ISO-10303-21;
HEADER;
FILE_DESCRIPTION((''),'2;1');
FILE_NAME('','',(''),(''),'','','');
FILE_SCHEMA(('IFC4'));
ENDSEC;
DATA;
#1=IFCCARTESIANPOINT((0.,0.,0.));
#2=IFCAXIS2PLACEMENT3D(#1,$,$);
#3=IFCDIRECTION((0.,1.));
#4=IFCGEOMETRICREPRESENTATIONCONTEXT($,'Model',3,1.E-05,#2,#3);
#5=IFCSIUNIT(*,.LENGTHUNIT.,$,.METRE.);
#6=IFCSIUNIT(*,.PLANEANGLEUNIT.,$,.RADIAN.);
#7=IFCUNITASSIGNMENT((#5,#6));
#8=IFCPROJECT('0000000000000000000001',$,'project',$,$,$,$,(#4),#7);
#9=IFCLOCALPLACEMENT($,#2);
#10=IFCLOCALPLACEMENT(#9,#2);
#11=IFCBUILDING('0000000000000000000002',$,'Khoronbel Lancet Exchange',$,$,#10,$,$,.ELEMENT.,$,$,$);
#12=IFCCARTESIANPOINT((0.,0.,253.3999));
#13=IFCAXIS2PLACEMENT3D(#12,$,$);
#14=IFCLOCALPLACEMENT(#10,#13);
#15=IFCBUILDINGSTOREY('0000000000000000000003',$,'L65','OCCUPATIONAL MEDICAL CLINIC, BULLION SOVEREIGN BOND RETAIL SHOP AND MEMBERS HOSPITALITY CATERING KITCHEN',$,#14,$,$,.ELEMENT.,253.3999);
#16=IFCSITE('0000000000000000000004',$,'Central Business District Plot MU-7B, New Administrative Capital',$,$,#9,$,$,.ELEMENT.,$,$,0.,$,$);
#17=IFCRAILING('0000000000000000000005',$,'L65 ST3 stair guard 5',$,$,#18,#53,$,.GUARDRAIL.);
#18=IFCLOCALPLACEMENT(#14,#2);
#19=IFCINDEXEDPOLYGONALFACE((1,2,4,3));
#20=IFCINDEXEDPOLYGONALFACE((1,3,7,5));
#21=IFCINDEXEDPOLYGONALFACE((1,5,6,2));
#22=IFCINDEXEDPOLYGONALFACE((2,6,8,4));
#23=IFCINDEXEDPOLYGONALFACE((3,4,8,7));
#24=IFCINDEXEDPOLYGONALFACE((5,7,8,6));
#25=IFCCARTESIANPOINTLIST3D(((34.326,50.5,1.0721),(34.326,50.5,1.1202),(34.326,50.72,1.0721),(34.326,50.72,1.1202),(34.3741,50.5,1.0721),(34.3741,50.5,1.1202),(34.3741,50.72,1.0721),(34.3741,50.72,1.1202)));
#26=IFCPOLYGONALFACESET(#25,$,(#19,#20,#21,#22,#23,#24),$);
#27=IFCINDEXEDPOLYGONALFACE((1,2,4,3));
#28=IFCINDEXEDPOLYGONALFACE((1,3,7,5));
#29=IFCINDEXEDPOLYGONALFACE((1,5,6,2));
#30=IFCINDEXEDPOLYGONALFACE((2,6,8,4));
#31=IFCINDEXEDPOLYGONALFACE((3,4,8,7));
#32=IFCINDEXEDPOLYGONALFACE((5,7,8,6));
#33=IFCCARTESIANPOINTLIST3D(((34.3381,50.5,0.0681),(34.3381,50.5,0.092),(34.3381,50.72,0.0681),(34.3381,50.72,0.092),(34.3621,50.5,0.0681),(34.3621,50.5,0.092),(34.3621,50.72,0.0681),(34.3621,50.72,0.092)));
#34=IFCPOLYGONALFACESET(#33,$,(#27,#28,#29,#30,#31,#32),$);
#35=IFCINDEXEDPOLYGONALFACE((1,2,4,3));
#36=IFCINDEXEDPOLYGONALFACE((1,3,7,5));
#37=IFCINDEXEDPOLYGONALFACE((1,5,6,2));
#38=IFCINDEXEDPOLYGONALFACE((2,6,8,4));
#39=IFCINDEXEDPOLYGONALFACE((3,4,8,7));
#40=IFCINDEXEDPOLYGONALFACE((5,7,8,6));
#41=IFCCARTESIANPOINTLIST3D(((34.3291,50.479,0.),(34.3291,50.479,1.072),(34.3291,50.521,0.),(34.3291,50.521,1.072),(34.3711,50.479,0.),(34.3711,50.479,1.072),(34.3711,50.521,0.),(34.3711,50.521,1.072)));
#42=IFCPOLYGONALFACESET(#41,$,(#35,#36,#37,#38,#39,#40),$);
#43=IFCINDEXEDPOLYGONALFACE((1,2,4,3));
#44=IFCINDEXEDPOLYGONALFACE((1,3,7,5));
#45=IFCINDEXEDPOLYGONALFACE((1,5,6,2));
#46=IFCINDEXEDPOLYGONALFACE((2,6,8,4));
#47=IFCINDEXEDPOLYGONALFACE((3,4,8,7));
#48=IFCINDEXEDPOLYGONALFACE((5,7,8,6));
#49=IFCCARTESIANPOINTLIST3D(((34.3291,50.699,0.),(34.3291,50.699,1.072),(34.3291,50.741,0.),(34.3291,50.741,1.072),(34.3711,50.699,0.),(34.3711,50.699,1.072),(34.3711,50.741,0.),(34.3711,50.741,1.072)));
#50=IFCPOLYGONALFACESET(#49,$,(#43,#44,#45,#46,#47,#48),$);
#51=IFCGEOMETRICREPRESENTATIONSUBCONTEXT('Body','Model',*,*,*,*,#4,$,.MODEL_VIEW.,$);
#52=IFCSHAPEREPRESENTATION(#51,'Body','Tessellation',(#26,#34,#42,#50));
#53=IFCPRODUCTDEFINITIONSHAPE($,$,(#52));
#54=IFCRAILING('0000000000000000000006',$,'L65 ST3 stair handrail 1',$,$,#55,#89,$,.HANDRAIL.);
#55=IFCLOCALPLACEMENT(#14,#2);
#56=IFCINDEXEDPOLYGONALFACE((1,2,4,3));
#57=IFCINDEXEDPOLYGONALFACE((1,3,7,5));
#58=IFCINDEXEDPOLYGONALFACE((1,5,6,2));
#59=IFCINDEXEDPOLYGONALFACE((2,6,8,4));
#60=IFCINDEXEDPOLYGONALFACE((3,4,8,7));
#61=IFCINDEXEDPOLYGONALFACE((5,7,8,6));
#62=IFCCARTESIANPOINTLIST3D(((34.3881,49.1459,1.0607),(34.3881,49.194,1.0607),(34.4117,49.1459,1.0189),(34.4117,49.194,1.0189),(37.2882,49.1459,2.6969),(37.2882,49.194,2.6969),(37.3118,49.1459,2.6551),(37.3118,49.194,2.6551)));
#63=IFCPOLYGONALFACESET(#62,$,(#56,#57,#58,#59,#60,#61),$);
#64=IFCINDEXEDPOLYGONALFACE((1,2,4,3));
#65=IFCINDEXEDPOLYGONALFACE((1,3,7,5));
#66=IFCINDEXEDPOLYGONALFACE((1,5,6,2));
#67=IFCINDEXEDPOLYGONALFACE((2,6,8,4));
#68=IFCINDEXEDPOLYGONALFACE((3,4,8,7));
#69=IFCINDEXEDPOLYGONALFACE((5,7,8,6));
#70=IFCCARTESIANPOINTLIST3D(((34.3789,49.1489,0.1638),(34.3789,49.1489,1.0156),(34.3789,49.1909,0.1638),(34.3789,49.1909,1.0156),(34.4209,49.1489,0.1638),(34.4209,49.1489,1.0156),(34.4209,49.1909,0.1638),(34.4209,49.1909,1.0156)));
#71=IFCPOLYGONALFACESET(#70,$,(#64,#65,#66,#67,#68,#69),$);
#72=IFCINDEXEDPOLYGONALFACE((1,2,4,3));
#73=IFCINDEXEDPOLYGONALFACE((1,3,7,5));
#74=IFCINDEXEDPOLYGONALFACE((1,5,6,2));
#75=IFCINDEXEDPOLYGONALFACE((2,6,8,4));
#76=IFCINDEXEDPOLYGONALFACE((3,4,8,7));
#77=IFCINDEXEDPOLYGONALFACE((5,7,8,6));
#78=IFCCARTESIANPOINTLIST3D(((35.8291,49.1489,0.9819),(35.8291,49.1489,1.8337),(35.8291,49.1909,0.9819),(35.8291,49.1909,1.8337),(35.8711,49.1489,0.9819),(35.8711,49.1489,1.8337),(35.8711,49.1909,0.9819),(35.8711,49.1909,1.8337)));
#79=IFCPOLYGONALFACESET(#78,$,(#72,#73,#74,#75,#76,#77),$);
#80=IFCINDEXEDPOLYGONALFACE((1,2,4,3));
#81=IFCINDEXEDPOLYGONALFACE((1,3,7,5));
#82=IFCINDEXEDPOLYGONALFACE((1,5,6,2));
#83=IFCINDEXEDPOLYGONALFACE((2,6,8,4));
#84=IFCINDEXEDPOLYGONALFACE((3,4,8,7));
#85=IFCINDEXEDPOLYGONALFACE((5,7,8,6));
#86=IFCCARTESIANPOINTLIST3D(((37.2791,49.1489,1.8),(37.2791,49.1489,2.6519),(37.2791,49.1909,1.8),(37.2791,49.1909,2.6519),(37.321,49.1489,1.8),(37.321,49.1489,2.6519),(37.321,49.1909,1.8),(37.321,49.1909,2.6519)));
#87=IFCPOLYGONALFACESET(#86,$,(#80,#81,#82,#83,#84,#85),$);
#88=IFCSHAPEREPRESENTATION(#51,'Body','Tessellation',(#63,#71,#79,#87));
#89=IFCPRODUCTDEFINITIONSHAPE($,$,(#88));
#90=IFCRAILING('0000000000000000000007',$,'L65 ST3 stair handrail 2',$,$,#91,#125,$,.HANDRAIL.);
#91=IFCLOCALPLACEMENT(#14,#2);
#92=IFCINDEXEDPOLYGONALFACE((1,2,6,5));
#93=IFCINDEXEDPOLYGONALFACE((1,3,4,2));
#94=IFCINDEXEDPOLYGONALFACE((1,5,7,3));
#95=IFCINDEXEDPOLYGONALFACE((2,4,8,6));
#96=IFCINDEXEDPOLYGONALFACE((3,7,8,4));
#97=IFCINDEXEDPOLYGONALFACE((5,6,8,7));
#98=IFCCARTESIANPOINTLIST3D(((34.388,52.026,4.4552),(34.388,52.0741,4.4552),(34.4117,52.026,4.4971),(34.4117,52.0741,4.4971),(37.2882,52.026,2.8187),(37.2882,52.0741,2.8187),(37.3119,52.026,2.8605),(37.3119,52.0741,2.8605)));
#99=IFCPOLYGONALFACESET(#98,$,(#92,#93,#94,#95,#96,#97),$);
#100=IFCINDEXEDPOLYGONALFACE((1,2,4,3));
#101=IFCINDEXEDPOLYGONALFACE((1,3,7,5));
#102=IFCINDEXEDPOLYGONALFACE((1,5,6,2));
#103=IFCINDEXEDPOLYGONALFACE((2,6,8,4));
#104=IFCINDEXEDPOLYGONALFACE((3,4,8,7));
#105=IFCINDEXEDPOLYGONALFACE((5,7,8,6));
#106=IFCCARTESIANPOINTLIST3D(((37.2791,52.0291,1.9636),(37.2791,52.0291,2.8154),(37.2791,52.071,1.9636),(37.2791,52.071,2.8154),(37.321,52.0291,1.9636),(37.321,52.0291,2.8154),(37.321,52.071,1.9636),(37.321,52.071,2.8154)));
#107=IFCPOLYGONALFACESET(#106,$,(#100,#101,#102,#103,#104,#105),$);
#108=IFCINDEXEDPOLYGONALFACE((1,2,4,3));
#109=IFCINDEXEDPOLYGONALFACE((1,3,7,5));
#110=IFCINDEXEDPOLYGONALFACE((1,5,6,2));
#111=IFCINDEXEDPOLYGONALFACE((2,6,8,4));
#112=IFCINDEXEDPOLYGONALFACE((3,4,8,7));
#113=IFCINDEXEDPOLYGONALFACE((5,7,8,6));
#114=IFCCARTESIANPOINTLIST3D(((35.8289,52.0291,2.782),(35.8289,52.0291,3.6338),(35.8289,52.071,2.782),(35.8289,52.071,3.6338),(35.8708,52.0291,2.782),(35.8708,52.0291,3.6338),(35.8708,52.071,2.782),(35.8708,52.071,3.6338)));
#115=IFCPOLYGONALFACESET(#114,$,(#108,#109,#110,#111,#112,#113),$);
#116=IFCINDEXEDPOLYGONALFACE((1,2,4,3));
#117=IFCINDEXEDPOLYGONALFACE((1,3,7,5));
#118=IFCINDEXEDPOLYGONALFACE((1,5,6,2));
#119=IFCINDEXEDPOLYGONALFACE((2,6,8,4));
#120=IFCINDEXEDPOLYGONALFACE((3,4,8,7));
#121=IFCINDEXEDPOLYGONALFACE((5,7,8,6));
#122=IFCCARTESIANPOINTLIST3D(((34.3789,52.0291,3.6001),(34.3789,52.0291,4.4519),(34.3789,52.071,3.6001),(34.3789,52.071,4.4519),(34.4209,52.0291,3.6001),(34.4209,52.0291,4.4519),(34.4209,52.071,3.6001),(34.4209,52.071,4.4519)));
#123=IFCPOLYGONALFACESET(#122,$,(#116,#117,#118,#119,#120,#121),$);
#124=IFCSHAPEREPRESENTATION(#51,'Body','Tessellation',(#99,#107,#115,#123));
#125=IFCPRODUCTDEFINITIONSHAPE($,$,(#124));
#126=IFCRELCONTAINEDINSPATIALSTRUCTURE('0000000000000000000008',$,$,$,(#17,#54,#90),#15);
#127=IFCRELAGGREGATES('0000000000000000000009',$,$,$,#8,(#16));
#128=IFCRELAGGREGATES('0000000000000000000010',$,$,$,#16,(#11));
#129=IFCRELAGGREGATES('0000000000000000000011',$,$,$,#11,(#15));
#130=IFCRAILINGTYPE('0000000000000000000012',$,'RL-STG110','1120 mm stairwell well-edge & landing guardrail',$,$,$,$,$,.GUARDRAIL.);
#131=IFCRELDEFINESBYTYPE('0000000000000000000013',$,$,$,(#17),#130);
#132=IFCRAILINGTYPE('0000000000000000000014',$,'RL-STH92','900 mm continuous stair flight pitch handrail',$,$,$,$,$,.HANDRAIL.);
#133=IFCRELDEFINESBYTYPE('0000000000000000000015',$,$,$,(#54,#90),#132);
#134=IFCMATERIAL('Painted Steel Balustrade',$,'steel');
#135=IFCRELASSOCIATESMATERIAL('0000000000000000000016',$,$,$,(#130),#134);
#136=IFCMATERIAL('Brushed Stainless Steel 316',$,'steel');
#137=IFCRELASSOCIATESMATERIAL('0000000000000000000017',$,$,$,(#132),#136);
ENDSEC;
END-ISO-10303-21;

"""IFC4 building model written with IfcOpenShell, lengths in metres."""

from ifc_helpers import new_model, si_unit, direction, frame, origin, origin_2d, place, context, subcontext, project, spatial, rectangle, extrude, material, type_object, element, save


model = new_model("IFC4")

# Units and contexts
model_context = context("Model", 3, precision=1e-05, world=origin(), true_north=direction((0.0, 1.0)))
body_context = subcontext(model_context, "Body", "Model", "MODEL_VIEW")
ifc_project = project(units=[si_unit("LENGTHUNIT", "METRE"), si_unit("PLANEANGLEUNIT", "RADIAN")], contexts=[model_context])

# Site, building, storey
site_placement = place(None, origin())
site = spatial("IfcSite", under=ifc_project, at=site_placement, Name="Central Business District Plot MU-7B, New Administrative Capital", CompositionType="ELEMENT", RefElevation=0.0)
building_placement = place(site_placement, origin())
building = spatial("IfcBuilding", under=site, at=building_placement, Name="Khoronbel Lancet Exchange", CompositionType="ELEMENT")
storey_placement = place(building_placement, frame((0.0, 0.0, 253.3999)))
storey = spatial("IfcBuildingStorey", under=building, at=storey_placement, Name="L65", Description="OCCUPATIONAL MEDICAL CLINIC, BULLION SOVEREIGN BOND RETAIL SHOP AND MEMBERS HOSPITALITY CATERING KITCHEN", CompositionType="ELEMENT", Elevation=253.3999)

# Railings
ifc_material_1 = material(Name="Painted Steel Balustrade", Category="steel")
railing_type_1 = type_object("IfcRailingType", Name="RL-STG110", Description="1120 mm stairwell well-edge & landing guardrail", PredefinedType="GUARDRAIL", material=ifc_material_1)
railing_1_placement = place(storey_placement, frame((34.3501, 50.5, 0.0)))
element("IfcRailing", 1, at=railing_1_placement, inside=storey, type_object=railing_type_1, Name="L65 ST3 stair guard 5", PredefinedType="GUARDRAIL", context=body_context, shape_type="SweptSolid", body=[
    extrude(rectangle(XDim=0.0481, YDim=0.0481, at=origin_2d()), frame((0.0, 0.0, 1.0962), z_axis=(0.0, 1.0, 0.0), x_axis=(-1.0, 0.0, 0.0)), (0.0, 0.0, 1.0), 0.22),
    extrude(rectangle(XDim=0.0239, YDim=0.0239, at=origin_2d()), frame((0.0, 0.0, 0.0801), z_axis=(0.0, 1.0, 0.0), x_axis=(-1.0, 0.0, 0.0)), (0.0, 0.0, 1.0), 0.22),
    extrude(rectangle(XDim=0.042, YDim=0.042, at=origin_2d()), origin(), (0.0, 0.0, 1.0), 1.072),
    extrude(rectangle(XDim=0.042, YDim=0.042, at=origin_2d()), frame((0.0, 0.22, 0.0)), (0.0, 0.0, 1.0), 1.072),
])
ifc_material_2 = material(Name="Brushed Stainless Steel 316", Category="steel")
railing_type_2 = type_object("IfcRailingType", Name="RL-STH92", Description="900 mm continuous stair flight pitch handrail", PredefinedType="HANDRAIL", material=ifc_material_2)
railing_2_placement = place(storey_placement, frame((34.3999, 49.1699, 0.1638)))
element("IfcRailing", 2, at=railing_2_placement, inside=storey, type_object=railing_type_2, Name="L65 ST3 stair handrail 1", PredefinedType="HANDRAIL", context=body_context, shape_type="SweptSolid", body=[
    extrude(rectangle(XDim=0.0481, YDim=0.0481, at=origin_2d()), frame((0.0, 0.0, 0.876), z_axis=(0.870946, 0.0, 0.491378), x_axis=(0.0, 1.0, 0.0)), (0.0, 0.0, 1.0), 3.3298),
    extrude(rectangle(XDim=0.042, YDim=0.042, at=origin_2d()), origin(), (0.0, 0.0, 1.0), 0.8518),
    extrude(rectangle(XDim=0.042, YDim=0.042, at=origin_2d()), frame((1.4502, 0.0, 0.8181)), (0.0, 0.0, 1.0), 0.8518),
    extrude(rectangle(XDim=0.042, YDim=0.042, at=origin_2d()), frame((2.9001, 0.0, 1.6362)), (0.0, 0.0, 1.0), 0.8518),
])
railing_3_placement = place(storey_placement, frame((37.3, 52.05, 1.9636)))
element("IfcRailing", 3, at=railing_3_placement, inside=storey, type_object=railing_type_2, Name="L65 ST3 stair handrail 2", PredefinedType="HANDRAIL", context=body_context, shape_type="SweptSolid", body=[
    extrude(rectangle(XDim=0.0481, YDim=0.0481, at=origin_2d()), frame((0.0, 0.0, 0.876), z_axis=(-0.870915, 0.0, 0.491434), x_axis=(0.0, -1.0, 0.0)), (0.0, 0.0, 1.0), 3.3301),
    extrude(rectangle(XDim=0.042, YDim=0.042, at=origin_2d()), origin(), (0.0, 0.0, 1.0), 0.8518),
    extrude(rectangle(XDim=0.042, YDim=0.042, at=origin_2d()), frame((-1.4502, 0.0, 0.8184)), (0.0, 0.0, 1.0), 0.8518),
    extrude(rectangle(XDim=0.042, YDim=0.042, at=origin_2d()), frame((-2.9001, 0.0, 1.6365)), (0.0, 0.0, 1.0), 0.8518),
])

save(model, "model.ifc")
